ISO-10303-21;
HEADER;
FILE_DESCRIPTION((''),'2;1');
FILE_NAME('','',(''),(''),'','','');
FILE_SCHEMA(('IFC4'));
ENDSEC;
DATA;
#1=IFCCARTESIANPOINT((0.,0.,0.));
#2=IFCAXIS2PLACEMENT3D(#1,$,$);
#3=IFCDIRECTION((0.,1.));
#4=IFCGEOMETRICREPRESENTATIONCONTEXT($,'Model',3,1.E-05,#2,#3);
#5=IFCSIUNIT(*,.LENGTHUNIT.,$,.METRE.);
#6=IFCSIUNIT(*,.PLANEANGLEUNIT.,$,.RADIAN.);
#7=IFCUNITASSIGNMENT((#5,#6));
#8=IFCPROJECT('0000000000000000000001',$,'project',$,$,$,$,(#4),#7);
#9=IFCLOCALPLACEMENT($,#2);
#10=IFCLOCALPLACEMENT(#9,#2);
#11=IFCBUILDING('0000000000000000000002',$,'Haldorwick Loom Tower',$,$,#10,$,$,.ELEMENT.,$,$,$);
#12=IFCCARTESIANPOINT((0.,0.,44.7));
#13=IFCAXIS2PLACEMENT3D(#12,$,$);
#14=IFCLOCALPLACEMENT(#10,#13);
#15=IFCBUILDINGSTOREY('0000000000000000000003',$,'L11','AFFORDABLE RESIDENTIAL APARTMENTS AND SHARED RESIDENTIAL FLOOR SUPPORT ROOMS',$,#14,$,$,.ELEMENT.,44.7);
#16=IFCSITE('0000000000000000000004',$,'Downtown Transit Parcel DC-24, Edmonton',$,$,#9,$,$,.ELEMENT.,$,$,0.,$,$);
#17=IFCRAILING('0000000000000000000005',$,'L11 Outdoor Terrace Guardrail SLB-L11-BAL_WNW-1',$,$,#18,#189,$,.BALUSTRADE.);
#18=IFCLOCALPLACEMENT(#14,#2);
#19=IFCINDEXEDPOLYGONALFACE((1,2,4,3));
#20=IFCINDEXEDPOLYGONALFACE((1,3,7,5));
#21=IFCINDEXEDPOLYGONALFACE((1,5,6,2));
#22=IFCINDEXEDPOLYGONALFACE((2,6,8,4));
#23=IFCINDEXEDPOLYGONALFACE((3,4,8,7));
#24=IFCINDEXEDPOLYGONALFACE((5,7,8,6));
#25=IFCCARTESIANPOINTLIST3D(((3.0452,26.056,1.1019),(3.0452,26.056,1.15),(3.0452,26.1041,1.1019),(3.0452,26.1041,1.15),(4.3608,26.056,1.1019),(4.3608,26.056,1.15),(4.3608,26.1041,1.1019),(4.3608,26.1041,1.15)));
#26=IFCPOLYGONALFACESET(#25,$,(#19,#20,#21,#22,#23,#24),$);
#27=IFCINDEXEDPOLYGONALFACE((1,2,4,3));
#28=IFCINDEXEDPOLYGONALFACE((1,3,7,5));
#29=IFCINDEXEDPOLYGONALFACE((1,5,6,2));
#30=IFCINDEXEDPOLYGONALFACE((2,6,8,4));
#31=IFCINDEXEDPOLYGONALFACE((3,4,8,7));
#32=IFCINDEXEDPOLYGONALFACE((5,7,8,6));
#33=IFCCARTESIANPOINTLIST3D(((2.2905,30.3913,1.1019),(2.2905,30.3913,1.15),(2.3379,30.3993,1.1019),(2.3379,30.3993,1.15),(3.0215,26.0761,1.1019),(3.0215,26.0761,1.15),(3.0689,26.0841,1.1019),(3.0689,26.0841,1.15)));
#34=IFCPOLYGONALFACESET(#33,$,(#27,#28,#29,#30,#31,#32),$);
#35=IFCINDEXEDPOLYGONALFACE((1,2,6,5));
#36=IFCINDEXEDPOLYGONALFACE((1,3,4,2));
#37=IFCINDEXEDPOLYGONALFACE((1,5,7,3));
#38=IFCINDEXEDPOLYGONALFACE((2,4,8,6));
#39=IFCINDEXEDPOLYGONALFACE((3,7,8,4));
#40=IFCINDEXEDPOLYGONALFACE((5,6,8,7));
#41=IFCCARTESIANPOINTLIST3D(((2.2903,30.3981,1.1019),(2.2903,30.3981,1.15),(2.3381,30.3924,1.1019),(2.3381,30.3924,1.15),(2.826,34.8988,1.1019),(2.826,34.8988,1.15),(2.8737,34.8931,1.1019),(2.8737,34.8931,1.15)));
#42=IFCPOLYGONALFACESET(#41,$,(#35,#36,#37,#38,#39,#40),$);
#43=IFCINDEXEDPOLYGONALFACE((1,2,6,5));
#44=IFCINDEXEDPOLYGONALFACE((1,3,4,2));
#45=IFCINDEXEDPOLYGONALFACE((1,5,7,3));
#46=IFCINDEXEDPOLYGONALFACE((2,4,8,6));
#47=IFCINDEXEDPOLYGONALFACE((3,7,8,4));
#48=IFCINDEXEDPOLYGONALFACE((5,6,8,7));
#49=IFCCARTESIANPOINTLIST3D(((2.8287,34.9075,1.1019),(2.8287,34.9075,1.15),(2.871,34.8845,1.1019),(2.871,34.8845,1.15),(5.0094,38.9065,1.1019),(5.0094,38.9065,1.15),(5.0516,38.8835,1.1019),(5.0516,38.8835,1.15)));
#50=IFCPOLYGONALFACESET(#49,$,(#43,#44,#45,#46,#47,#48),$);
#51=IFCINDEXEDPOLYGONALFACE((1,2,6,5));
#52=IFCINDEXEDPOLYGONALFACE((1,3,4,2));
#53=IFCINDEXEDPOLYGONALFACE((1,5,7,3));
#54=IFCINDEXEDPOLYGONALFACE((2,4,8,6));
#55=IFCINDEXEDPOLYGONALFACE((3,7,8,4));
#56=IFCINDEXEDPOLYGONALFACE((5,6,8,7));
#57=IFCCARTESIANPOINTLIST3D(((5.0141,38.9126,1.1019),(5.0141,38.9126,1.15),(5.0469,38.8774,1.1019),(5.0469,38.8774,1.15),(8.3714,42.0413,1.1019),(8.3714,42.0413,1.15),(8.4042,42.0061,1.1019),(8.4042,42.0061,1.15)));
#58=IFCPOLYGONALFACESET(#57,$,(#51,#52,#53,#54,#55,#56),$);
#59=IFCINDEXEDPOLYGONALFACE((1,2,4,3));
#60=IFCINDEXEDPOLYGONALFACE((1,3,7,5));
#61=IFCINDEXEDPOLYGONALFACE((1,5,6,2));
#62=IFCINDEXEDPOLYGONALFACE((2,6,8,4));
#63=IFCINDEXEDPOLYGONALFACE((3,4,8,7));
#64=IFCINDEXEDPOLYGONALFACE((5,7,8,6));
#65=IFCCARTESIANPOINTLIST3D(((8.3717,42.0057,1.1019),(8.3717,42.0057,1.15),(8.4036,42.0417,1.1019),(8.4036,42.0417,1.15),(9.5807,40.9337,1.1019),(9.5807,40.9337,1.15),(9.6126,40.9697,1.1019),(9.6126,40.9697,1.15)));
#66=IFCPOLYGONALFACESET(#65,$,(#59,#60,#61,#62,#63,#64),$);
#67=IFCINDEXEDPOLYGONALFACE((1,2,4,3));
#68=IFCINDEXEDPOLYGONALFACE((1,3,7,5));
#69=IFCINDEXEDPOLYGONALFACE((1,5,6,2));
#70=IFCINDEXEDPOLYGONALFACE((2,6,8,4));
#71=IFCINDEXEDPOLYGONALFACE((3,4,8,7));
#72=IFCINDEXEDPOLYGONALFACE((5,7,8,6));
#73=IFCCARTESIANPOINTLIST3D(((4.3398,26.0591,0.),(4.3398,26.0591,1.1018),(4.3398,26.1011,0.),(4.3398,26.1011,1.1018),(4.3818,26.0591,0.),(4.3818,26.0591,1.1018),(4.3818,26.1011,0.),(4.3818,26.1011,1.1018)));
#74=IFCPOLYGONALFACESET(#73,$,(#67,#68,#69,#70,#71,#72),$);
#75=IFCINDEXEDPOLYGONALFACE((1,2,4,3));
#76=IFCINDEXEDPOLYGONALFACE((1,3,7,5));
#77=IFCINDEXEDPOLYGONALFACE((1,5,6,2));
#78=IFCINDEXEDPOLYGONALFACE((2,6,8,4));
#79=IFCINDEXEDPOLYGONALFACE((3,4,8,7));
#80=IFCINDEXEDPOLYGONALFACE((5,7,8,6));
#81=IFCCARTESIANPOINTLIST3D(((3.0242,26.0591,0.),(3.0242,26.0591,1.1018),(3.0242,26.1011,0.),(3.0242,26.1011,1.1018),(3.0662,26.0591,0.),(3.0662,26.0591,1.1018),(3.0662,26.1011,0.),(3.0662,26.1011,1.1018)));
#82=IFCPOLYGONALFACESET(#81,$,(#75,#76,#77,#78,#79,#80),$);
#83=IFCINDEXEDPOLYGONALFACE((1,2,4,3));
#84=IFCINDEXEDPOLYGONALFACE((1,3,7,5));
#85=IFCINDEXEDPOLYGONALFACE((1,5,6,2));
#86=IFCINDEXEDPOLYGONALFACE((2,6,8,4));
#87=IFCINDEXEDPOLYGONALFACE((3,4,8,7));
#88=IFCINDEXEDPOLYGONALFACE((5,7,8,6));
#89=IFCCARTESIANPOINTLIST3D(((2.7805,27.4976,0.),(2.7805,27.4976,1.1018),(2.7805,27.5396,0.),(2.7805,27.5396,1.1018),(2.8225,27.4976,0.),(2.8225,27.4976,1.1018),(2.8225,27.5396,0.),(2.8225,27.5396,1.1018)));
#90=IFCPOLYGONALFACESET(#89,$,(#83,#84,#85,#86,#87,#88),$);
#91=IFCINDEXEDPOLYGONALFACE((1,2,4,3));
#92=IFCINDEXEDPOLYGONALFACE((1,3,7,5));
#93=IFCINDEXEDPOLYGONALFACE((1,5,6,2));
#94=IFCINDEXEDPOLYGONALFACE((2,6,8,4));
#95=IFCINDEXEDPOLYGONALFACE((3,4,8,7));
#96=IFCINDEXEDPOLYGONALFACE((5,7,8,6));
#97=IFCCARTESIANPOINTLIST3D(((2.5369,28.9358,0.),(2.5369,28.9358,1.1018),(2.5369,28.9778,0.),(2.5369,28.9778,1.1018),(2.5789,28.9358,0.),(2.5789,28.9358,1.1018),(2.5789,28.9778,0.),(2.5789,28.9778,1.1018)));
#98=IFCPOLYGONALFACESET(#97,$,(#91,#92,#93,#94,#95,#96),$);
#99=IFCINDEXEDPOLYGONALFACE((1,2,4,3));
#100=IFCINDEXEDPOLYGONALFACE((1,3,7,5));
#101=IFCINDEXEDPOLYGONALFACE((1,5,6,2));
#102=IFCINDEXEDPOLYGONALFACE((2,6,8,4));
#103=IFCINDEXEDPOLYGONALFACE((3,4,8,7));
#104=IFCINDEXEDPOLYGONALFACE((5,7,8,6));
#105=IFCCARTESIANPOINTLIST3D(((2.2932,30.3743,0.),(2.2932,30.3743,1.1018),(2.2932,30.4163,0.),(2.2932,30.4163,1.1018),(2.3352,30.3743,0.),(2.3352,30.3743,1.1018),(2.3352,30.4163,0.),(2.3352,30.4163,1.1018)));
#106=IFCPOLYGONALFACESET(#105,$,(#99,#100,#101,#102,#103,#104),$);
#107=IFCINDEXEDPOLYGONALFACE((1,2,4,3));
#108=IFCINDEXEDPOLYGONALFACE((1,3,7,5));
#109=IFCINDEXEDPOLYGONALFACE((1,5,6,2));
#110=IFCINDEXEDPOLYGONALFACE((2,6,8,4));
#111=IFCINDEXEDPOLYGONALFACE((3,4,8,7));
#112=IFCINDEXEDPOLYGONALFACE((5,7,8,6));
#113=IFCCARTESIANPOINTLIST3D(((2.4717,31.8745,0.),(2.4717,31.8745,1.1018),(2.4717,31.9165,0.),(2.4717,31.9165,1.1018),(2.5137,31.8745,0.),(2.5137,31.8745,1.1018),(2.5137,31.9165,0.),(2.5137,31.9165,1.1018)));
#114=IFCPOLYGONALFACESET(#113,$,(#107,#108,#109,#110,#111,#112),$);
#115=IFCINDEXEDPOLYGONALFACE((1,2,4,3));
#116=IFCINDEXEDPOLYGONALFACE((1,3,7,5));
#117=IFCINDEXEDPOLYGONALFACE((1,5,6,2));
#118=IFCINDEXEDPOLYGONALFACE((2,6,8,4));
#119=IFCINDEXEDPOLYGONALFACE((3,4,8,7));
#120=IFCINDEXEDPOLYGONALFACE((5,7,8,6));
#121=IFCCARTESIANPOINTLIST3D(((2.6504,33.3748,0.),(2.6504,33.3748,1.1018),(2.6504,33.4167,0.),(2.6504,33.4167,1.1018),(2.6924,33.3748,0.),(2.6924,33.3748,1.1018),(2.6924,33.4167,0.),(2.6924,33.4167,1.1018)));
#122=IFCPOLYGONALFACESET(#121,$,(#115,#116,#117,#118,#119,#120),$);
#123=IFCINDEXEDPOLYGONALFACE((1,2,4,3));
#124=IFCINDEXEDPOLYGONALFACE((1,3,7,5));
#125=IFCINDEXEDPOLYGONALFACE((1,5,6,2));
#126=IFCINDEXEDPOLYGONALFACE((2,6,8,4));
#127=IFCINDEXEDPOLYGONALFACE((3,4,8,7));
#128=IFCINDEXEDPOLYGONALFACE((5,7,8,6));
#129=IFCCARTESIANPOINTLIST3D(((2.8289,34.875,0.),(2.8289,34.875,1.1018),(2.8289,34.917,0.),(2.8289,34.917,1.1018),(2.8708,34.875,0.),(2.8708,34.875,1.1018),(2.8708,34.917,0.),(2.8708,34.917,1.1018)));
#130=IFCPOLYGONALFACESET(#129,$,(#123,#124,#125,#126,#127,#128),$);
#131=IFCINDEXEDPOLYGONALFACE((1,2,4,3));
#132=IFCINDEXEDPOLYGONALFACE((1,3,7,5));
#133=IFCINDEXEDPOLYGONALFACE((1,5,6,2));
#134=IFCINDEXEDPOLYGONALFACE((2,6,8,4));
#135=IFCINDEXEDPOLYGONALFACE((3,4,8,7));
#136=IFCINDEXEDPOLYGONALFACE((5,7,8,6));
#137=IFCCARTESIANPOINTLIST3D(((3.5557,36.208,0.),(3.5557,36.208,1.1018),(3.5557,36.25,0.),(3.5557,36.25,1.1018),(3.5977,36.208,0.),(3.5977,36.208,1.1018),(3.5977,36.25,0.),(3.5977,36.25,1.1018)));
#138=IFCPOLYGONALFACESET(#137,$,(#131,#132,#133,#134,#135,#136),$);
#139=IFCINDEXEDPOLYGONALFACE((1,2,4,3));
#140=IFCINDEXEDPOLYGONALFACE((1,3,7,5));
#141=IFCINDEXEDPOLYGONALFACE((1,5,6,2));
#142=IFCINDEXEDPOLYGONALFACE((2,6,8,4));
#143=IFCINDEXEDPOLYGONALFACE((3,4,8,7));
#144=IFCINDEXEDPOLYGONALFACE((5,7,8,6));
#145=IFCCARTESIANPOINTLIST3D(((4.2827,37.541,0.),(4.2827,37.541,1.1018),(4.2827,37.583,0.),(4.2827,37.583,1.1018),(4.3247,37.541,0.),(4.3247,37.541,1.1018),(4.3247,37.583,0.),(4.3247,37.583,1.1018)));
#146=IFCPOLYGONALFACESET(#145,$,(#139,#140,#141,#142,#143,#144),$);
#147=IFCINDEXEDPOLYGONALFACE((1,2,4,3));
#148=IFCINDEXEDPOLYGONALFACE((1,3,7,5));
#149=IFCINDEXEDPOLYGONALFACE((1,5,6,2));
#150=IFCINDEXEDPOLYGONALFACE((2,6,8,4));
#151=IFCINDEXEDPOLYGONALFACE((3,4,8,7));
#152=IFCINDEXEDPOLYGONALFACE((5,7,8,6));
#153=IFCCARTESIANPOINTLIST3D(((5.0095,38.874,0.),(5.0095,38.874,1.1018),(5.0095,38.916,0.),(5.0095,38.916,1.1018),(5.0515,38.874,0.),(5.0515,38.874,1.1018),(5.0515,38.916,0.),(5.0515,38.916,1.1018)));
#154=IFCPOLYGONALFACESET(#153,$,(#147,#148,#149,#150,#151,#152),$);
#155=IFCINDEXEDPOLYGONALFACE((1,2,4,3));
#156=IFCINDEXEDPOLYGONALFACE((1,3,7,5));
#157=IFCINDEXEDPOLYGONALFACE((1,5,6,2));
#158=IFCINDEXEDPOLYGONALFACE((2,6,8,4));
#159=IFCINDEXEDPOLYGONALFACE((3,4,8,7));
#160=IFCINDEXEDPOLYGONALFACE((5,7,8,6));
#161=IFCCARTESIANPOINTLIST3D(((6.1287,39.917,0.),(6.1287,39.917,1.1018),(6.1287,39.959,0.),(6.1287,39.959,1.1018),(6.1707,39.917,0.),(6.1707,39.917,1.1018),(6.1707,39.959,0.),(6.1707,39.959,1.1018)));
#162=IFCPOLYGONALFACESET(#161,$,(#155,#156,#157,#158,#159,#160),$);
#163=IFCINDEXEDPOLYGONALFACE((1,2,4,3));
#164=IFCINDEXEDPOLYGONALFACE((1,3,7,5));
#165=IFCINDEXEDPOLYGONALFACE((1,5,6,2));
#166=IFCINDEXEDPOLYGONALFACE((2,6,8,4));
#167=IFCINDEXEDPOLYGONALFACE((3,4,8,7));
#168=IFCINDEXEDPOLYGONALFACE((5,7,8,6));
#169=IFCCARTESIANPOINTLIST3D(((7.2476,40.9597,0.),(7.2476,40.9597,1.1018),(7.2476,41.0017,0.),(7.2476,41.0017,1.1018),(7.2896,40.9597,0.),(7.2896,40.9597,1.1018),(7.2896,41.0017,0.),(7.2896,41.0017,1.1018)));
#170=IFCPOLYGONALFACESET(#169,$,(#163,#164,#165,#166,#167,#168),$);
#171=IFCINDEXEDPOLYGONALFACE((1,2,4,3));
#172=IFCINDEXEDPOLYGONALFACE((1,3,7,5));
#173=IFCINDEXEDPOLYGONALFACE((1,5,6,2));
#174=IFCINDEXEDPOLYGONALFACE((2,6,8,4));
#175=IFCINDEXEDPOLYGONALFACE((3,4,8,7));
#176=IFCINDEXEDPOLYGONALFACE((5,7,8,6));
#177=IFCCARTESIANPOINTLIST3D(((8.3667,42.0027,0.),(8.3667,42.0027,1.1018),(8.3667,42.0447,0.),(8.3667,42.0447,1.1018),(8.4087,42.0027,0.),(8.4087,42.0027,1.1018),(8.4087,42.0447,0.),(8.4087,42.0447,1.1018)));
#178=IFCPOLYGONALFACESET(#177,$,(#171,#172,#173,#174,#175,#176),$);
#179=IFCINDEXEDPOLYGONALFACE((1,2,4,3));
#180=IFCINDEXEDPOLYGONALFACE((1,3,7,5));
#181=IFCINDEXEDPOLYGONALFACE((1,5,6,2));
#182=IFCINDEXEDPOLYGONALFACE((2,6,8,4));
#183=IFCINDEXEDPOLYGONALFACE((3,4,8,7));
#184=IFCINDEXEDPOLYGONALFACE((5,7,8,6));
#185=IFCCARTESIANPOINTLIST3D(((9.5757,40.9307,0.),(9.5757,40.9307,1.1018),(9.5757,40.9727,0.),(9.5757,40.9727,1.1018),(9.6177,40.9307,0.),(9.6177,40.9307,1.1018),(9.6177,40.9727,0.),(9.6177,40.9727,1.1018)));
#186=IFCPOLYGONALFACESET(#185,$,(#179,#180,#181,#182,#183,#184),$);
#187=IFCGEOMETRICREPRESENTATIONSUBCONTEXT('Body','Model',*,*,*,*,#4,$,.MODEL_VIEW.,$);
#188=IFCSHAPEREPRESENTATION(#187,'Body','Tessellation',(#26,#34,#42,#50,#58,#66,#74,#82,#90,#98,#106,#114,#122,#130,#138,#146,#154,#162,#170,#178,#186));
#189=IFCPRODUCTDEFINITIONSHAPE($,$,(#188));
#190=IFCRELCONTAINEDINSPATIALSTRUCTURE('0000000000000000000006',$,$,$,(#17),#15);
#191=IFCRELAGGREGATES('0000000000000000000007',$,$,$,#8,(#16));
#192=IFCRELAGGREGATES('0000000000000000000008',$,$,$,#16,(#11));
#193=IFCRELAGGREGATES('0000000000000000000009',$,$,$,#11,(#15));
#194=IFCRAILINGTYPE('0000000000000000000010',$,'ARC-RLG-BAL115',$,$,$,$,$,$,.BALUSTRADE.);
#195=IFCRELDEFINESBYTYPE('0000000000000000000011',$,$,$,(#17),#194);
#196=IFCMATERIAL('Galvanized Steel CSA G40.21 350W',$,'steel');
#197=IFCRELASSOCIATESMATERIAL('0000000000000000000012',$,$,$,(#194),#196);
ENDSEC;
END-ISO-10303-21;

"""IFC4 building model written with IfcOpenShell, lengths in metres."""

from ifc_helpers import new_model, si_unit, direction, frame, origin, origin_2d, place, context, subcontext, project, spatial, rectangle, extrude, material, type_object, element, save


model = new_model("IFC4")

# Units and contexts
model_context = context("Model", 3, precision=1e-05, world=origin(), true_north=direction((0.0, 1.0)))
body_context = subcontext(model_context, "Body", "Model", "MODEL_VIEW")
ifc_project = project(units=[si_unit("LENGTHUNIT", "METRE"), si_unit("PLANEANGLEUNIT", "RADIAN")], contexts=[model_context])

# Site, building, storey
site_placement = place(None, origin())
site = spatial("IfcSite", under=ifc_project, at=site_placement, Name="Downtown Transit Parcel DC-24, Edmonton", CompositionType="ELEMENT", RefElevation=0.0)
building_placement = place(site_placement, origin())
building = spatial("IfcBuilding", under=site, at=building_placement, Name="Haldorwick Loom Tower", CompositionType="ELEMENT")
storey_placement = place(building_placement, frame((0.0, 0.0, 44.7)))
storey = spatial("IfcBuildingStorey", under=building, at=storey_placement, Name="L11", Description="AFFORDABLE RESIDENTIAL APARTMENTS AND SHARED RESIDENTIAL FLOOR SUPPORT ROOMS", CompositionType="ELEMENT", Elevation=44.7)

# Railing
ifc_material_1 = material(Name="Galvanized Steel CSA G40.21 350W", Category="steel")
railing_type = type_object("IfcRailingType", Name="ARC-RLG-BAL115", PredefinedType="BALUSTRADE", material=ifc_material_1)
railing_placement = place(storey_placement, frame((4.3608, 26.0801, 0.0)))
element("IfcRailing", 1, at=railing_placement, inside=storey, type_object=railing_type, Name="L11 Outdoor Terrace Guardrail SLB-L11-BAL_WNW-1", PredefinedType="BALUSTRADE", context=body_context, shape_type="SweptSolid", body=[
    extrude(rectangle(XDim=0.0481, YDim=0.0481, at=origin_2d()), frame((0.0, 0.0, 1.126), z_axis=(-1.0, 0.0, 0.0), x_axis=(0.0, -1.0, 0.0)), (0.0, 0.0, 1.0), 1.3157),
    extrude(rectangle(XDim=0.0481, YDim=0.0481, at=origin_2d()), frame((-1.3157, 0.0, 1.126), z_axis=(-0.167013, 0.985955, 0.0), x_axis=(-0.985955, -0.167013, 0.0)), (0.0, 0.0, 1.0), 4.3767),
    extrude(rectangle(XDim=0.0481, YDim=0.0481, at=origin_2d()), frame((-2.0466, 4.3152, 1.126), z_axis=(0.118179, 0.992992, 0.0), x_axis=(-0.992992, 0.118179, 0.0)), (0.0, 0.0, 1.0), 4.5325),
    extrude(rectangle(XDim=0.0481, YDim=0.0481, at=origin_2d()), frame((-1.511, 8.8159, 1.126), z_axis=(0.478747, 0.877953, 0.0), x_axis=(-0.877953, 0.478747, 0.0)), (0.0, 0.0, 1.0), 4.5549),
    extrude(rectangle(XDim=0.0481, YDim=0.0481, at=origin_2d()), frame((0.6697, 12.8149, 1.126), z_axis=(0.731566, 0.68177, 0.0), x_axis=(-0.68177, 0.731566, 0.0)), (0.0, 0.0, 1.0), 4.5891),
    extrude(rectangle(XDim=0.0481, YDim=0.0481, at=origin_2d()), frame((4.0269, 15.9436, 1.126), z_axis=(0.748217, -0.663454, 0.0), x_axis=(0.663454, 0.748217, 0.0)), (0.0, 0.0, 1.0), 1.6157),
    extrude(rectangle(XDim=0.042, YDim=0.042, at=origin_2d()), origin(), (0.0, 0.0, 1.0), 1.1018),
    extrude(rectangle(XDim=0.042, YDim=0.042, at=origin_2d()), frame((-1.3157, 0.0, 0.0)), (0.0, 0.0, 1.0), 1.1018),
    extrude(rectangle(XDim=0.042, YDim=0.042, at=origin_2d()), frame((-1.5593, 1.4385, 0.0)), (0.0, 0.0, 1.0), 1.1018),
    extrude(rectangle(XDim=0.042, YDim=0.042, at=origin_2d()), frame((-1.803, 2.8767, 0.0)), (0.0, 0.0, 1.0), 1.1018),
    extrude(rectangle(XDim=0.042, YDim=0.042, at=origin_2d()), frame((-2.0466, 4.3152, 0.0)), (0.0, 0.0, 1.0), 1.1018),
    extrude(rectangle(XDim=0.042, YDim=0.042, at=origin_2d()), frame((-1.8682, 5.8154, 0.0)), (0.0, 0.0, 1.0), 1.1018),
    extrude(rectangle(XDim=0.042, YDim=0.042, at=origin_2d()), frame((-1.6895, 7.3157, 0.0)), (0.0, 0.0, 1.0), 1.1018),
    extrude(rectangle(XDim=0.042, YDim=0.042, at=origin_2d()), frame((-1.511, 8.8159, 0.0)), (0.0, 0.0, 1.0), 1.1018),
    extrude(rectangle(XDim=0.042, YDim=0.042, at=origin_2d()), frame((-0.7842, 10.1489, 0.0)), (0.0, 0.0, 1.0), 1.1018),
    extrude(rectangle(XDim=0.042, YDim=0.042, at=origin_2d()), frame((-0.0571, 11.4819, 0.0)), (0.0, 0.0, 1.0), 1.1018),
    extrude(rectangle(XDim=0.042, YDim=0.042, at=origin_2d()), frame((0.6697, 12.8149, 0.0)), (0.0, 0.0, 1.0), 1.1018),
    extrude(rectangle(XDim=0.042, YDim=0.042, at=origin_2d()), frame((1.7888, 13.8579, 0.0)), (0.0, 0.0, 1.0), 1.1018),
    extrude(rectangle(XDim=0.042, YDim=0.042, at=origin_2d()), frame((2.9077, 14.9006, 0.0)), (0.0, 0.0, 1.0), 1.1018),
    extrude(rectangle(XDim=0.042, YDim=0.042, at=origin_2d()), frame((4.0269, 15.9436, 0.0)), (0.0, 0.0, 1.0), 1.1018),
    extrude(rectangle(XDim=0.042, YDim=0.042, at=origin_2d()), frame((5.2358, 14.8716, 0.0)), (0.0, 0.0, 1.0), 1.1018),
])

save(model, "model.ifc")
